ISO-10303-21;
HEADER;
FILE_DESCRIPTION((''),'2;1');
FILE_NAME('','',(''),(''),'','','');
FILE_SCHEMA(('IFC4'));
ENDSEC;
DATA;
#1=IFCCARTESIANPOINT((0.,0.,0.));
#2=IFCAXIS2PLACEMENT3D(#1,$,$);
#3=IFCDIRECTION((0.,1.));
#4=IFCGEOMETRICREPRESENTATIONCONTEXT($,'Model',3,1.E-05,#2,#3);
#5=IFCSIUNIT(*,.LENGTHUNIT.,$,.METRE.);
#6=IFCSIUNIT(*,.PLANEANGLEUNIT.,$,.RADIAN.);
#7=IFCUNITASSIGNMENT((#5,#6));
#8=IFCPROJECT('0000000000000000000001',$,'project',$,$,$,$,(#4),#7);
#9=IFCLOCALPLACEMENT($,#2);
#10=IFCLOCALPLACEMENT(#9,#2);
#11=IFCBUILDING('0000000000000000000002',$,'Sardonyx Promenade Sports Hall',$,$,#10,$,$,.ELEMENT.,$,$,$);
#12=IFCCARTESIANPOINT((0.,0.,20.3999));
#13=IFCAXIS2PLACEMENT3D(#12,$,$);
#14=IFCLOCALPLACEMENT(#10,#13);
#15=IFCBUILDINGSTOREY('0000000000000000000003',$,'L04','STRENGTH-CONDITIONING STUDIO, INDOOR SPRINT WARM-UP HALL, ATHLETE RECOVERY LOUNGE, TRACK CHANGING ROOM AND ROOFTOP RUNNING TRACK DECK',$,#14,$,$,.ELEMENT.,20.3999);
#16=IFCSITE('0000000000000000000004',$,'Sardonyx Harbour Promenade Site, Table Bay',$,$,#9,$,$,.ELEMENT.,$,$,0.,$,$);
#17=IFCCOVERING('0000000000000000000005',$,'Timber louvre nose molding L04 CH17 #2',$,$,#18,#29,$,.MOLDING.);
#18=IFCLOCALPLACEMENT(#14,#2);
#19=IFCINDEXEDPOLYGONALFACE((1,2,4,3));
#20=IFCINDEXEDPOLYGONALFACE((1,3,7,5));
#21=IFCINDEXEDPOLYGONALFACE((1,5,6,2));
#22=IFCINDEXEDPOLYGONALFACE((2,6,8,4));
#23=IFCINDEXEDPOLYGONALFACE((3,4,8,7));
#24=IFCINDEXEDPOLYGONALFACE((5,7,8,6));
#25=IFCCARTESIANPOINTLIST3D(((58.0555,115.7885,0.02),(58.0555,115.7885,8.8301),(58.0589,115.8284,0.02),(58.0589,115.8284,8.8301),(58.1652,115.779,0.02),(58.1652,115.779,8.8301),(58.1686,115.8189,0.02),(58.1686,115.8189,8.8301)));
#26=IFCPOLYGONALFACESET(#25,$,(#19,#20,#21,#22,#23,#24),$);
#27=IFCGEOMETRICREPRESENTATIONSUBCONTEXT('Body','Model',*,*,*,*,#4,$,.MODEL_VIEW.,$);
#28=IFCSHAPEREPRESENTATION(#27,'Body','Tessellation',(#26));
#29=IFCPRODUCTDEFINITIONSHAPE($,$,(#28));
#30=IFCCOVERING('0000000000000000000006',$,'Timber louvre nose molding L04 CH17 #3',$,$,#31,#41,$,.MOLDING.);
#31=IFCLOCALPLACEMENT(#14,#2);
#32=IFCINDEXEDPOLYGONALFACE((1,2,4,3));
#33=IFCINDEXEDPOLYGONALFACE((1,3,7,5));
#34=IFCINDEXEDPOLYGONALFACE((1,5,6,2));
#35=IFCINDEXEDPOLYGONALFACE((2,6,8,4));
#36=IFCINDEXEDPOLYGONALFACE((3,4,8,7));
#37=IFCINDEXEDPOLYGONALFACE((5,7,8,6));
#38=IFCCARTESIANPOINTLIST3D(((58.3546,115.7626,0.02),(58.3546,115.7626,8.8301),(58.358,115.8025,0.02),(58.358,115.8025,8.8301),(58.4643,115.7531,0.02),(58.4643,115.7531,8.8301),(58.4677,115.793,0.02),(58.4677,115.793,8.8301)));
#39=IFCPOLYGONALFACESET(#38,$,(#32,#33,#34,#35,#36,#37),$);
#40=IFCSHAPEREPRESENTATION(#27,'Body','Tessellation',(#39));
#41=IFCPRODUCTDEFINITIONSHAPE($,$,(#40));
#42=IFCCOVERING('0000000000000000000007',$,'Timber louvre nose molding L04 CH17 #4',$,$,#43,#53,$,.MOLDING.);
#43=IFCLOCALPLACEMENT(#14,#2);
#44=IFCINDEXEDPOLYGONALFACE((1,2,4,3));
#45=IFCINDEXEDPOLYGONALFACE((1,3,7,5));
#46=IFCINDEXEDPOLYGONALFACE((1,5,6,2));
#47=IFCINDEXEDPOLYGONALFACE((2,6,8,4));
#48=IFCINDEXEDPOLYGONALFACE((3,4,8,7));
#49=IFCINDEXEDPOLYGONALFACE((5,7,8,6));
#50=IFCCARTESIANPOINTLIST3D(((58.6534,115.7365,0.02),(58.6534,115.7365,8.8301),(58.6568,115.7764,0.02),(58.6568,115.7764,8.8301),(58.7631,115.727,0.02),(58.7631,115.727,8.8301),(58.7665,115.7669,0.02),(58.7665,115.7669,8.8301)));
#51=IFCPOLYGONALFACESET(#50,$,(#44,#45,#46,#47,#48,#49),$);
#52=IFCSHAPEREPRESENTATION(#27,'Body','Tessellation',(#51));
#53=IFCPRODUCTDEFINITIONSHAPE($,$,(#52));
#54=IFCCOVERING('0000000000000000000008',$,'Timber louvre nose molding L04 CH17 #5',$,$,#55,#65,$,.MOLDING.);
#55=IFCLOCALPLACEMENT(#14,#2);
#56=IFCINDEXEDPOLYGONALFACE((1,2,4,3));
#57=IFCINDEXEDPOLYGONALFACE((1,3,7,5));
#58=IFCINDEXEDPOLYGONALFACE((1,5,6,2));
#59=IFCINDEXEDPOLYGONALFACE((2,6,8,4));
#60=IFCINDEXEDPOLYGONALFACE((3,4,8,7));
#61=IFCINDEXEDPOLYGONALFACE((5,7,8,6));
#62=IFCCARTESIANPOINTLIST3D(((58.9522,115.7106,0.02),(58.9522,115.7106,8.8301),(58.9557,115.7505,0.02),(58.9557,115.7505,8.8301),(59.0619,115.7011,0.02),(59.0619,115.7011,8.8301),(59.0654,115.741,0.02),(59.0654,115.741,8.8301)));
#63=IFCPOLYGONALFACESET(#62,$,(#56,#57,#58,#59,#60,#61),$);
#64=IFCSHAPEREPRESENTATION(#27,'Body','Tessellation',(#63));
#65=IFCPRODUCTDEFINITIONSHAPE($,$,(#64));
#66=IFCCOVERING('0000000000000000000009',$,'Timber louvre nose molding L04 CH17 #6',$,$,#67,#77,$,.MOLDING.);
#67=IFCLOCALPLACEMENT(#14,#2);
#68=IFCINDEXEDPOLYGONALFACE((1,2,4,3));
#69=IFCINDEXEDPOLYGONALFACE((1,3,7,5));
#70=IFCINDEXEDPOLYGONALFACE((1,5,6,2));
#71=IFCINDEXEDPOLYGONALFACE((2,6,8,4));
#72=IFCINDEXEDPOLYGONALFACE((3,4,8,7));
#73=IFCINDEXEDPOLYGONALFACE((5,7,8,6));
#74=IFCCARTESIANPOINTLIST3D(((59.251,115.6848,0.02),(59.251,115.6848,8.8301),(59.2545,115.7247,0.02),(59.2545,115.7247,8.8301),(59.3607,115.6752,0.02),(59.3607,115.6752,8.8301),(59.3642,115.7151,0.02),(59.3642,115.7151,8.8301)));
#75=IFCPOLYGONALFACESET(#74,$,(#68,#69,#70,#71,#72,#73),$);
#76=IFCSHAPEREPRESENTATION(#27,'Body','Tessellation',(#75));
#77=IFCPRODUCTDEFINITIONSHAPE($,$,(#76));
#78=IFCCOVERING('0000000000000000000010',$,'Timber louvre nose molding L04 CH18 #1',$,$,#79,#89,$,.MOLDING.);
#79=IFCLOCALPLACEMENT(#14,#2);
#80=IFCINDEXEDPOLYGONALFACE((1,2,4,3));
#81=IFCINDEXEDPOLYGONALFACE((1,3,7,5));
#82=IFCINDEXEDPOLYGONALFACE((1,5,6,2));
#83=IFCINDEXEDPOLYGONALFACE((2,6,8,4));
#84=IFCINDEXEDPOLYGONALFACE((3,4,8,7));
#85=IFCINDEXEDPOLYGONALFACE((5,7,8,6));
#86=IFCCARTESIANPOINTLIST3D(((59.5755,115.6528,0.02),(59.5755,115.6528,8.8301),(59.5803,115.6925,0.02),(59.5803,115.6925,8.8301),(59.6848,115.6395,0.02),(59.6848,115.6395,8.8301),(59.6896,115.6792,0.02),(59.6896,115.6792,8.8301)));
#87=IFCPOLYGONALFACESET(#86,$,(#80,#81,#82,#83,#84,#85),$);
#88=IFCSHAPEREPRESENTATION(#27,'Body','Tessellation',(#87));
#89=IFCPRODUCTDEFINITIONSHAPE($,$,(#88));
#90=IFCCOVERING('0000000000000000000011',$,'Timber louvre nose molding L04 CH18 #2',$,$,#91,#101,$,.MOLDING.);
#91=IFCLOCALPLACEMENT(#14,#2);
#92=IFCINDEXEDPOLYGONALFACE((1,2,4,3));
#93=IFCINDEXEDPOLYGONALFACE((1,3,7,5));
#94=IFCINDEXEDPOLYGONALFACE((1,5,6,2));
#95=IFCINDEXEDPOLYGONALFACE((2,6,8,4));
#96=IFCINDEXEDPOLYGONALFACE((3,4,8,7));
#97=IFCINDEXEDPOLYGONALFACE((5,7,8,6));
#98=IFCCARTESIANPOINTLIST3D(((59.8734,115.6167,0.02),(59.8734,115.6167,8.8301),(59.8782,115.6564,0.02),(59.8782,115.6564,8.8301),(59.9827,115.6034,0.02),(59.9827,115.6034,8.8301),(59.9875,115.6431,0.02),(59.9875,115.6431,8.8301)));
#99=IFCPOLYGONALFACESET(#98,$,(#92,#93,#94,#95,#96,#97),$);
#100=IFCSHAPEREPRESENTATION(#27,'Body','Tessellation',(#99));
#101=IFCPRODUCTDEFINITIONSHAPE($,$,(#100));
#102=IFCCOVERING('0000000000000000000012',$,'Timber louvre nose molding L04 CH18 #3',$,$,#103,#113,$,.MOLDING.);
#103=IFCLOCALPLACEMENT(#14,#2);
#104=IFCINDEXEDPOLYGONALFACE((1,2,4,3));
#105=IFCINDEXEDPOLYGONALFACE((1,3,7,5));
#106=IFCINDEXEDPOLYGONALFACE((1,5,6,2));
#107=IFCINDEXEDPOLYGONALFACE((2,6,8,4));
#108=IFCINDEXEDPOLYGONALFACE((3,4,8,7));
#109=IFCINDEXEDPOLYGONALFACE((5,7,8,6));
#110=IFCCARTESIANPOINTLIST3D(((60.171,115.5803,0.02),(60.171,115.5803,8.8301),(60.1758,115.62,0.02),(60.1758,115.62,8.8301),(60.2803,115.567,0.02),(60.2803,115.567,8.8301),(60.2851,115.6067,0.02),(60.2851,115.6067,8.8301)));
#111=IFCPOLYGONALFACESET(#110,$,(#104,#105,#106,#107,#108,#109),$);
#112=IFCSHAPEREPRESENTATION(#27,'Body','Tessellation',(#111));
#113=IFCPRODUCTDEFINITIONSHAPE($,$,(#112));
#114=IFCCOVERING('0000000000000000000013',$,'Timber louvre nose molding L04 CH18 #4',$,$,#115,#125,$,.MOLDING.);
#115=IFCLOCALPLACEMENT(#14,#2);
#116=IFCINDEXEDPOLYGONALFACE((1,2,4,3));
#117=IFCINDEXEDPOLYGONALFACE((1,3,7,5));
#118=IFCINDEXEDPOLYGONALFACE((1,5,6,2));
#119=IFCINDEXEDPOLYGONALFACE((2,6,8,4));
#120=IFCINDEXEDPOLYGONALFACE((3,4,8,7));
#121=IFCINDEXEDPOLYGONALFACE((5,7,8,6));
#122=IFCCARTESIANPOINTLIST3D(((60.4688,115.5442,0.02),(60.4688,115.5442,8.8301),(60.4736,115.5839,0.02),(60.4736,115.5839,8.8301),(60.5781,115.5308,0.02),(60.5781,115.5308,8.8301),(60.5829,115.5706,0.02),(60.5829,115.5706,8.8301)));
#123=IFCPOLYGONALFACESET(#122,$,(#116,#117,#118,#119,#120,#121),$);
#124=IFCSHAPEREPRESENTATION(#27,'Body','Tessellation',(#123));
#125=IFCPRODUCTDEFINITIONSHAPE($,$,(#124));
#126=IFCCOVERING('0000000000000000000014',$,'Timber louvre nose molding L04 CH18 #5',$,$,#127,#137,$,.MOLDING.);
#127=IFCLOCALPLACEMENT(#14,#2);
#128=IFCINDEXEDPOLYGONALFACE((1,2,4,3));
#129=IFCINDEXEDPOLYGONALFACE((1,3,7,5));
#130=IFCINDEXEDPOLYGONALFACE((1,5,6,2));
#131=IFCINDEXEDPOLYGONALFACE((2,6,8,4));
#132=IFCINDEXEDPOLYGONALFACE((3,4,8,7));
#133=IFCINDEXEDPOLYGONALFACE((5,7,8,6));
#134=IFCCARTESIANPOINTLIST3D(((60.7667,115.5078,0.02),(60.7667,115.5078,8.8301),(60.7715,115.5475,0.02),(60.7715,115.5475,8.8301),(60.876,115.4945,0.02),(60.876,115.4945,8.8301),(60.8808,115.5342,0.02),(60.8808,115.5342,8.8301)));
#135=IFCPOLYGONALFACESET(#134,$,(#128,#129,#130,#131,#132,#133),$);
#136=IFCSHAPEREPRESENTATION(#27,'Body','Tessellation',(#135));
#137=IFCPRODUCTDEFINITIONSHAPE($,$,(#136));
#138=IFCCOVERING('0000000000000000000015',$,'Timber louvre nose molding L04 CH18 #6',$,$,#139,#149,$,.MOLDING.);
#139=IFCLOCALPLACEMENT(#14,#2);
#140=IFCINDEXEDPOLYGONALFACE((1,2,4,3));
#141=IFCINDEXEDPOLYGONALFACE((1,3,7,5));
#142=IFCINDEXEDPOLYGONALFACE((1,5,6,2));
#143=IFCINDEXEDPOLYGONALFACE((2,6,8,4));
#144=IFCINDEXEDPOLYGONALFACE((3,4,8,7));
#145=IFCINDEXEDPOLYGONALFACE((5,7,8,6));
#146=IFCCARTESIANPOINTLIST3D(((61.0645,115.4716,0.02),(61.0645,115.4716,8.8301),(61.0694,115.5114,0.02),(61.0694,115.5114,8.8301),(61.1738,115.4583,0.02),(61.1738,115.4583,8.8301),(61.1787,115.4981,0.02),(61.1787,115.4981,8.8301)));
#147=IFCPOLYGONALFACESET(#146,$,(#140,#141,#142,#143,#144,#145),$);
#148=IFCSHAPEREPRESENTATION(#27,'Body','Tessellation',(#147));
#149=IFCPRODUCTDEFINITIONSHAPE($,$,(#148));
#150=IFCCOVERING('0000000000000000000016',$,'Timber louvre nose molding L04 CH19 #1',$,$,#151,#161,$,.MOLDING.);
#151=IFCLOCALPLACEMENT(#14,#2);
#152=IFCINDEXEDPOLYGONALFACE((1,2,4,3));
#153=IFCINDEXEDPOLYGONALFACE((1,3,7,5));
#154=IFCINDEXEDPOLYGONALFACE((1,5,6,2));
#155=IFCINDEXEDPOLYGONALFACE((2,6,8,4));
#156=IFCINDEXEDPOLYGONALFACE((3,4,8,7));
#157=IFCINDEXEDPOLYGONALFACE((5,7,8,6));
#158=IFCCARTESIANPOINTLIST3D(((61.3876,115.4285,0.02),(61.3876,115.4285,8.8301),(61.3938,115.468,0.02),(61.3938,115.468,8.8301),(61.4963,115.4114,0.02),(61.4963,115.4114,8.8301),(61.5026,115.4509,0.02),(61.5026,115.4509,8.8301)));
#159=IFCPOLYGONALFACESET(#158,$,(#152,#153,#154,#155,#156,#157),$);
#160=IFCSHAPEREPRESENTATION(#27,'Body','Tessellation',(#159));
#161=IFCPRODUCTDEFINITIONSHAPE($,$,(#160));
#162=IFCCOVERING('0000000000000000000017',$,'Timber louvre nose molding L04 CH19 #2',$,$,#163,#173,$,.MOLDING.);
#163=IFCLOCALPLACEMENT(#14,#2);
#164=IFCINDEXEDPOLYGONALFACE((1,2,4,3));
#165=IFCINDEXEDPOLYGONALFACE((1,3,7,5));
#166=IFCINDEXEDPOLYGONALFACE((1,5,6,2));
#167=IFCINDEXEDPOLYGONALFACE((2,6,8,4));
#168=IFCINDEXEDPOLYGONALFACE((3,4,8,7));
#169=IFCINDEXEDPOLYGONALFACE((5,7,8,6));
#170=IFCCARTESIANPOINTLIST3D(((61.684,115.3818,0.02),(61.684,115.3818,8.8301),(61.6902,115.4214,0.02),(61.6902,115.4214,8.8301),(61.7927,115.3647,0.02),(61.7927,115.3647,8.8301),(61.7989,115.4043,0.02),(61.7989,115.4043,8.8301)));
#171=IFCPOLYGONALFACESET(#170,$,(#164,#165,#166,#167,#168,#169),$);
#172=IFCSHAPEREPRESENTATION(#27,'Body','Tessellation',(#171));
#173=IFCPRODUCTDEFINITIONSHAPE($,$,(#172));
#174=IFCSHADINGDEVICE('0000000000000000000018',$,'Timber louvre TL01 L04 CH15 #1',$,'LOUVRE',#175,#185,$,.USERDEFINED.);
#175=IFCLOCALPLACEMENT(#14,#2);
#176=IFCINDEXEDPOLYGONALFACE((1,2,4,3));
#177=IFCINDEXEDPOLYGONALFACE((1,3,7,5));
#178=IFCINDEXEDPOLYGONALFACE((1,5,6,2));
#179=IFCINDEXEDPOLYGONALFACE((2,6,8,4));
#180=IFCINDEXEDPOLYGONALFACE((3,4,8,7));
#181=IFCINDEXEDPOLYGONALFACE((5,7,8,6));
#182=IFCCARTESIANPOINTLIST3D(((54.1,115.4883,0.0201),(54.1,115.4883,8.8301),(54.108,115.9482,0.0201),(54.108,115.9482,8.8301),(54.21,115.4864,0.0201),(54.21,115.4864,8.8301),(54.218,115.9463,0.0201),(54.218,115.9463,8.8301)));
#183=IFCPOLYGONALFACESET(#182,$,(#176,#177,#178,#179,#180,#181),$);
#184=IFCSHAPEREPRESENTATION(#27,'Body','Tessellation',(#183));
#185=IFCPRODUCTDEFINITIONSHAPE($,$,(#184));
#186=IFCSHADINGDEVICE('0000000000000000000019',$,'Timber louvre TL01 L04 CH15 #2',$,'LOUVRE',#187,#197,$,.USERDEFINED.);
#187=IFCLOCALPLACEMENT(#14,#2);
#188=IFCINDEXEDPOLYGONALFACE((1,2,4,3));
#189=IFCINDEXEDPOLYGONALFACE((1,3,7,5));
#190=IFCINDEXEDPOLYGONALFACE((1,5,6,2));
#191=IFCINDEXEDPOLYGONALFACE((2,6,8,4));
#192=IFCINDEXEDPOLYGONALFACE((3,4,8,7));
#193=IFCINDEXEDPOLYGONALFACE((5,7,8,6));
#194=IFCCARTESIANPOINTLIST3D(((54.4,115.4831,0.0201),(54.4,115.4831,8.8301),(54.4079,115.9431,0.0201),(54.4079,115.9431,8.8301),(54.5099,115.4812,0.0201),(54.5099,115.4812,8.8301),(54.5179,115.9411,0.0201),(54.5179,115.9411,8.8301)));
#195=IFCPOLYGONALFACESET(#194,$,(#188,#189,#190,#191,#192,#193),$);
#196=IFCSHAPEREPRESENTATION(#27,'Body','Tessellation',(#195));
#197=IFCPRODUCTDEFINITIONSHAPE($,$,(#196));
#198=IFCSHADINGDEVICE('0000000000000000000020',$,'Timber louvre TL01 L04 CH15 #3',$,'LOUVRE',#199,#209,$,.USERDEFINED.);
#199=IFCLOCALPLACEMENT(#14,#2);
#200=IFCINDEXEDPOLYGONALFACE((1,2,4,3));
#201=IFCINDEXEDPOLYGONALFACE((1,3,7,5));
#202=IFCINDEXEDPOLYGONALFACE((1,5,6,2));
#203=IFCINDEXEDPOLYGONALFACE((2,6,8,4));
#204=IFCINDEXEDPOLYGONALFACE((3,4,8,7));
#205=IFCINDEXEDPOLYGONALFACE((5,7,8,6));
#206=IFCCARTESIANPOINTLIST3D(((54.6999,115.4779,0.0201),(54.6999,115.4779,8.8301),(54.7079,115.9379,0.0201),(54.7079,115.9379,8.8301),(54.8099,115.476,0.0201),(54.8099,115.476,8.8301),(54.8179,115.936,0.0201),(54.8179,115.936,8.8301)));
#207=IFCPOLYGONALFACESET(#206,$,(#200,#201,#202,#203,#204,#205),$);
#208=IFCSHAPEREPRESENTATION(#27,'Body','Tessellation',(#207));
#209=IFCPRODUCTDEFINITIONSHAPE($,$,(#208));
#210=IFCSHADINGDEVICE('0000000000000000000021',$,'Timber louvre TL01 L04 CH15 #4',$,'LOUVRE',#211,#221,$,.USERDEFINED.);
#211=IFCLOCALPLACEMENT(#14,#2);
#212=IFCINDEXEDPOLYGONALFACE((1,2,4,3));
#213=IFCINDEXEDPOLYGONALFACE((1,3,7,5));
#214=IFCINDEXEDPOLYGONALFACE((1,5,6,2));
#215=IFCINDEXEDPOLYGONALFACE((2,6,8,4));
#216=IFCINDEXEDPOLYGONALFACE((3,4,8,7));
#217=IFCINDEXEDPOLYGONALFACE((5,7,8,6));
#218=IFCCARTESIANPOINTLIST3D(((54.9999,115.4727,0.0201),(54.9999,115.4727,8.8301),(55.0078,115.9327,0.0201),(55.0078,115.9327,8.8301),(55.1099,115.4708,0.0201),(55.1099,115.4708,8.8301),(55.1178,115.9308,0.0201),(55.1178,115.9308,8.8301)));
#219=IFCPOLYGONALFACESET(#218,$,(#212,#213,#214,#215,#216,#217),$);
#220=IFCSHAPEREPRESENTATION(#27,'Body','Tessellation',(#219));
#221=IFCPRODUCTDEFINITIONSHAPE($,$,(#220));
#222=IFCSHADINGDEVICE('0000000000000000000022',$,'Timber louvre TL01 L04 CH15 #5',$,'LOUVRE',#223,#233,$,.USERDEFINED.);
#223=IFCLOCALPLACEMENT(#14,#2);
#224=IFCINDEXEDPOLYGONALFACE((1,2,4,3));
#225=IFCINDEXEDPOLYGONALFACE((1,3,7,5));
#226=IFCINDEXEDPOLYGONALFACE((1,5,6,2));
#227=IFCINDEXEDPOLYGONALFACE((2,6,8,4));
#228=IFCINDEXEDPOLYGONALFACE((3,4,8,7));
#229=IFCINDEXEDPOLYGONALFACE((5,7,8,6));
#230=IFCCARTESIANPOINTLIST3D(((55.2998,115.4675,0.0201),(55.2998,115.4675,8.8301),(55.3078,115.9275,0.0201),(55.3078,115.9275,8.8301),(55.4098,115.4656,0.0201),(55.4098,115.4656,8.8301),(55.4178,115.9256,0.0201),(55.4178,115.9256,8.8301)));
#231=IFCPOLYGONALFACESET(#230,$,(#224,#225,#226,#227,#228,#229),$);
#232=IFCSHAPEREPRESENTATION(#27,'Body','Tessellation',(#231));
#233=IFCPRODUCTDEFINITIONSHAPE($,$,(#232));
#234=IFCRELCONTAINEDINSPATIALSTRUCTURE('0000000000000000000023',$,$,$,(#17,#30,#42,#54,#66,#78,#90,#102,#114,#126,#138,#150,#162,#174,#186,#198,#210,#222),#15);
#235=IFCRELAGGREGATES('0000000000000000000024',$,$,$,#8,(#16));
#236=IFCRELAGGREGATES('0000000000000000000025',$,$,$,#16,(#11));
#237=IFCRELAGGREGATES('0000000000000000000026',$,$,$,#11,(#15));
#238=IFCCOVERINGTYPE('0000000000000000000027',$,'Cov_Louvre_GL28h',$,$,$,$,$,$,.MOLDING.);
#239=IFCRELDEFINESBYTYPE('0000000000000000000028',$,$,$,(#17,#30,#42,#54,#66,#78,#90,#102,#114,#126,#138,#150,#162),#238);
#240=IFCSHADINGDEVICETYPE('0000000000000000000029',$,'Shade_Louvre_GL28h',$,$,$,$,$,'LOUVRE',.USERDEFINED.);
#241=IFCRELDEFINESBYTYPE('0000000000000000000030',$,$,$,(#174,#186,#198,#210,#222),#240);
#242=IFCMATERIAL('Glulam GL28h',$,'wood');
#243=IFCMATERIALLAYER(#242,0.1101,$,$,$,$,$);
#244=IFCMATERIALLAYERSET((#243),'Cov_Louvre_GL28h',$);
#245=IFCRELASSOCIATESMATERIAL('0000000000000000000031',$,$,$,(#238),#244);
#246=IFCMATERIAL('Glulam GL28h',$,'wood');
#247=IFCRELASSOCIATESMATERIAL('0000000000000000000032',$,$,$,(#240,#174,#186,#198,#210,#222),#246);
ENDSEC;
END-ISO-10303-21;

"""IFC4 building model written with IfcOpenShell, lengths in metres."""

from ifc_helpers import new_model, si_unit, direction, frame, origin, origin_2d, place, context, subcontext, project, spatial, rectangle, extrude, material, layer, layer_set, type_object, element, save


model = new_model("IFC4")

# Units and contexts
model_context = context("Model", 3, precision=1e-05, world=origin(), true_north=direction((0.0, 1.0)))
body_context = subcontext(model_context, "Body", "Model", "MODEL_VIEW")
ifc_project = project(units=[si_unit("LENGTHUNIT", "METRE"), si_unit("PLANEANGLEUNIT", "RADIAN")], contexts=[model_context])

# Site, building, storey
site_placement = place(None, origin())
site = spatial("IfcSite", under=ifc_project, at=site_placement, Name="Sardonyx Harbour Promenade Site, Table Bay", CompositionType="ELEMENT", RefElevation=0.0)
building_placement = place(site_placement, origin())
building = spatial("IfcBuilding", under=site, at=building_placement, Name="Sardonyx Promenade Sports Hall", CompositionType="ELEMENT")
storey_placement = place(building_placement, frame((0.0, 0.0, 20.3999)))
storey = spatial("IfcBuildingStorey", under=building, at=storey_placement, Name="L04", Description="STRENGTH-CONDITIONING STUDIO, INDOOR SPRINT WARM-UP HALL, ATHLETE RECOVERY LOUNGE, TRACK CHANGING ROOM AND ROOFTOP RUNNING TRACK DECK", CompositionType="ELEMENT", Elevation=20.3999)

# Coverings
ifc_material_1 = material(Name="Glulam GL28h", Category="wood")
ifc_layer_1 = layer(ifc_material_1, 0.1101)
ifc_layer_set_1 = layer_set([ifc_layer_1], Name="Cov_Louvre_GL28h")
covering_type = type_object("IfcCoveringType", Name="Cov_Louvre_GL28h", PredefinedType="MOLDING", material=ifc_layer_set_1)
for number, where, z_axis, x_axis, name in (
    (1, (58.1121, 115.8037, 0.02), (0.0, 0.0, 1.0), (0.996258, -0.086434, 0.0), "Timber louvre nose molding L04 CH17 #2"),
    (2, (58.4111, 115.7778, 0.02), (0.0, 0.0, 1.0), (0.996258, -0.086434, 0.0), "Timber louvre nose molding L04 CH17 #3"),
    (3, (58.71, 115.7517, 0.02), (0.0, 0.0, 1.0), (0.996258, -0.086434, 0.0), "Timber louvre nose molding L04 CH17 #4"),
    (4, (59.0088, 115.7258, 0.02), (0.0, 0.0, 1.0), (0.996258, -0.086434, 0.0), "Timber louvre nose molding L04 CH17 #5"),
    (5, (59.3076, 115.7, 0.02), (0.0, 0.0, 1.0), (0.996258, -0.086434, 0.0), "Timber louvre nose molding L04 CH17 #6"),
    (6, (59.6326, 115.666, 0.02), (0.0, 0.0, 1.0), (0.992669, -0.120863, 0.0), "Timber louvre nose molding L04 CH18 #1"),
    (7, (59.9304, 115.6299, 0.02), (0.0, 0.0, 1.0), (0.992669, -0.120863, 0.0), "Timber louvre nose molding L04 CH18 #2"),
    (8, (60.228, 115.5935, 0.02), (0.0, 0.0, 1.0), (0.992669, -0.120863, 0.0), "Timber louvre nose molding L04 CH18 #3"),
    (9, (60.5259, 115.5574, 0.02), (0.0, 0.0, 1.0), (0.992669, -0.120863, 0.0), "Timber louvre nose molding L04 CH18 #4"),
    (10, (60.8237, 115.521, 0.02), (0.0, 0.0, 1.0), (0.992669, -0.120863, 0.0), "Timber louvre nose molding L04 CH18 #5"),
    (11, (61.1216, 115.4849, 0.02), (0.0, 0.0, 1.0), (0.992669, -0.120863, 0.0), "Timber louvre nose molding L04 CH18 #6"),
    (12, (61.4451, 115.4397, 0.02), (0.0, 0.0, 1.0), (0.987891, -0.155148, 0.0), "Timber louvre nose molding L04 CH19 #1"),
    (13, (61.7415, 115.3931, 0.02), (0.0, 0.0, 1.0), (0.987891, -0.155148, 0.0), "Timber louvre nose molding L04 CH19 #2"),
):
    element("IfcCovering", number, at=place(storey_placement, frame(where, z_axis=z_axis, x_axis=x_axis)), inside=storey, type_object=covering_type, Name=name, PredefinedType="MOLDING", context=body_context, shape_type="SweptSolid", body=[
        extrude(rectangle(XDim=0.1101, YDim=0.04, at=origin_2d()), origin(), (0.0, 0.0, 1.0), 8.8101),
    ])

# Shading devices
ifc_material_2 = material(Name="Glulam GL28h", Category="wood")
shading_device_type = type_object("IfcShadingDeviceType", Name="Shade_Louvre_GL28h", ElementType="LOUVRE", PredefinedType="USERDEFINED", material=ifc_material_2)
for number, where, z_axis, x_axis, name in (
    (14, (54.159, 115.7173, 0.0201), (0.0, 0.0, 1.0), (0.99985, -0.017308, 0.0), "Timber louvre TL01 L04 CH15 #1"),
    (15, (54.4589, 115.7121, 0.0201), (0.0, 0.0, 1.0), (0.99985, -0.017308, 0.0), "Timber louvre TL01 L04 CH15 #2"),
    (16, (54.7589, 115.7069, 0.0201), (0.0, 0.0, 1.0), (0.99985, -0.017308, 0.0), "Timber louvre TL01 L04 CH15 #3"),
    (17, (55.0588, 115.7017, 0.0201), (0.0, 0.0, 1.0), (0.99985, -0.017308, 0.0), "Timber louvre TL01 L04 CH15 #4"),
    (18, (55.3588, 115.6966, 0.0201), (0.0, 0.0, 1.0), (0.99985, -0.017308, 0.0), "Timber louvre TL01 L04 CH15 #5"),
):
    element("IfcShadingDevice", number, at=place(storey_placement, frame(where, z_axis=z_axis, x_axis=x_axis)), inside=storey, type_object=shading_device_type, material=ifc_material_2, Name=name, ObjectType="LOUVRE", PredefinedType="USERDEFINED", context=body_context, shape_type="SweptSolid", body=[
        extrude(rectangle(XDim=0.11, YDim=0.46), origin(), (0.0, 0.0, 1.0), 8.81),
    ])

save(model, "model.ifc")
